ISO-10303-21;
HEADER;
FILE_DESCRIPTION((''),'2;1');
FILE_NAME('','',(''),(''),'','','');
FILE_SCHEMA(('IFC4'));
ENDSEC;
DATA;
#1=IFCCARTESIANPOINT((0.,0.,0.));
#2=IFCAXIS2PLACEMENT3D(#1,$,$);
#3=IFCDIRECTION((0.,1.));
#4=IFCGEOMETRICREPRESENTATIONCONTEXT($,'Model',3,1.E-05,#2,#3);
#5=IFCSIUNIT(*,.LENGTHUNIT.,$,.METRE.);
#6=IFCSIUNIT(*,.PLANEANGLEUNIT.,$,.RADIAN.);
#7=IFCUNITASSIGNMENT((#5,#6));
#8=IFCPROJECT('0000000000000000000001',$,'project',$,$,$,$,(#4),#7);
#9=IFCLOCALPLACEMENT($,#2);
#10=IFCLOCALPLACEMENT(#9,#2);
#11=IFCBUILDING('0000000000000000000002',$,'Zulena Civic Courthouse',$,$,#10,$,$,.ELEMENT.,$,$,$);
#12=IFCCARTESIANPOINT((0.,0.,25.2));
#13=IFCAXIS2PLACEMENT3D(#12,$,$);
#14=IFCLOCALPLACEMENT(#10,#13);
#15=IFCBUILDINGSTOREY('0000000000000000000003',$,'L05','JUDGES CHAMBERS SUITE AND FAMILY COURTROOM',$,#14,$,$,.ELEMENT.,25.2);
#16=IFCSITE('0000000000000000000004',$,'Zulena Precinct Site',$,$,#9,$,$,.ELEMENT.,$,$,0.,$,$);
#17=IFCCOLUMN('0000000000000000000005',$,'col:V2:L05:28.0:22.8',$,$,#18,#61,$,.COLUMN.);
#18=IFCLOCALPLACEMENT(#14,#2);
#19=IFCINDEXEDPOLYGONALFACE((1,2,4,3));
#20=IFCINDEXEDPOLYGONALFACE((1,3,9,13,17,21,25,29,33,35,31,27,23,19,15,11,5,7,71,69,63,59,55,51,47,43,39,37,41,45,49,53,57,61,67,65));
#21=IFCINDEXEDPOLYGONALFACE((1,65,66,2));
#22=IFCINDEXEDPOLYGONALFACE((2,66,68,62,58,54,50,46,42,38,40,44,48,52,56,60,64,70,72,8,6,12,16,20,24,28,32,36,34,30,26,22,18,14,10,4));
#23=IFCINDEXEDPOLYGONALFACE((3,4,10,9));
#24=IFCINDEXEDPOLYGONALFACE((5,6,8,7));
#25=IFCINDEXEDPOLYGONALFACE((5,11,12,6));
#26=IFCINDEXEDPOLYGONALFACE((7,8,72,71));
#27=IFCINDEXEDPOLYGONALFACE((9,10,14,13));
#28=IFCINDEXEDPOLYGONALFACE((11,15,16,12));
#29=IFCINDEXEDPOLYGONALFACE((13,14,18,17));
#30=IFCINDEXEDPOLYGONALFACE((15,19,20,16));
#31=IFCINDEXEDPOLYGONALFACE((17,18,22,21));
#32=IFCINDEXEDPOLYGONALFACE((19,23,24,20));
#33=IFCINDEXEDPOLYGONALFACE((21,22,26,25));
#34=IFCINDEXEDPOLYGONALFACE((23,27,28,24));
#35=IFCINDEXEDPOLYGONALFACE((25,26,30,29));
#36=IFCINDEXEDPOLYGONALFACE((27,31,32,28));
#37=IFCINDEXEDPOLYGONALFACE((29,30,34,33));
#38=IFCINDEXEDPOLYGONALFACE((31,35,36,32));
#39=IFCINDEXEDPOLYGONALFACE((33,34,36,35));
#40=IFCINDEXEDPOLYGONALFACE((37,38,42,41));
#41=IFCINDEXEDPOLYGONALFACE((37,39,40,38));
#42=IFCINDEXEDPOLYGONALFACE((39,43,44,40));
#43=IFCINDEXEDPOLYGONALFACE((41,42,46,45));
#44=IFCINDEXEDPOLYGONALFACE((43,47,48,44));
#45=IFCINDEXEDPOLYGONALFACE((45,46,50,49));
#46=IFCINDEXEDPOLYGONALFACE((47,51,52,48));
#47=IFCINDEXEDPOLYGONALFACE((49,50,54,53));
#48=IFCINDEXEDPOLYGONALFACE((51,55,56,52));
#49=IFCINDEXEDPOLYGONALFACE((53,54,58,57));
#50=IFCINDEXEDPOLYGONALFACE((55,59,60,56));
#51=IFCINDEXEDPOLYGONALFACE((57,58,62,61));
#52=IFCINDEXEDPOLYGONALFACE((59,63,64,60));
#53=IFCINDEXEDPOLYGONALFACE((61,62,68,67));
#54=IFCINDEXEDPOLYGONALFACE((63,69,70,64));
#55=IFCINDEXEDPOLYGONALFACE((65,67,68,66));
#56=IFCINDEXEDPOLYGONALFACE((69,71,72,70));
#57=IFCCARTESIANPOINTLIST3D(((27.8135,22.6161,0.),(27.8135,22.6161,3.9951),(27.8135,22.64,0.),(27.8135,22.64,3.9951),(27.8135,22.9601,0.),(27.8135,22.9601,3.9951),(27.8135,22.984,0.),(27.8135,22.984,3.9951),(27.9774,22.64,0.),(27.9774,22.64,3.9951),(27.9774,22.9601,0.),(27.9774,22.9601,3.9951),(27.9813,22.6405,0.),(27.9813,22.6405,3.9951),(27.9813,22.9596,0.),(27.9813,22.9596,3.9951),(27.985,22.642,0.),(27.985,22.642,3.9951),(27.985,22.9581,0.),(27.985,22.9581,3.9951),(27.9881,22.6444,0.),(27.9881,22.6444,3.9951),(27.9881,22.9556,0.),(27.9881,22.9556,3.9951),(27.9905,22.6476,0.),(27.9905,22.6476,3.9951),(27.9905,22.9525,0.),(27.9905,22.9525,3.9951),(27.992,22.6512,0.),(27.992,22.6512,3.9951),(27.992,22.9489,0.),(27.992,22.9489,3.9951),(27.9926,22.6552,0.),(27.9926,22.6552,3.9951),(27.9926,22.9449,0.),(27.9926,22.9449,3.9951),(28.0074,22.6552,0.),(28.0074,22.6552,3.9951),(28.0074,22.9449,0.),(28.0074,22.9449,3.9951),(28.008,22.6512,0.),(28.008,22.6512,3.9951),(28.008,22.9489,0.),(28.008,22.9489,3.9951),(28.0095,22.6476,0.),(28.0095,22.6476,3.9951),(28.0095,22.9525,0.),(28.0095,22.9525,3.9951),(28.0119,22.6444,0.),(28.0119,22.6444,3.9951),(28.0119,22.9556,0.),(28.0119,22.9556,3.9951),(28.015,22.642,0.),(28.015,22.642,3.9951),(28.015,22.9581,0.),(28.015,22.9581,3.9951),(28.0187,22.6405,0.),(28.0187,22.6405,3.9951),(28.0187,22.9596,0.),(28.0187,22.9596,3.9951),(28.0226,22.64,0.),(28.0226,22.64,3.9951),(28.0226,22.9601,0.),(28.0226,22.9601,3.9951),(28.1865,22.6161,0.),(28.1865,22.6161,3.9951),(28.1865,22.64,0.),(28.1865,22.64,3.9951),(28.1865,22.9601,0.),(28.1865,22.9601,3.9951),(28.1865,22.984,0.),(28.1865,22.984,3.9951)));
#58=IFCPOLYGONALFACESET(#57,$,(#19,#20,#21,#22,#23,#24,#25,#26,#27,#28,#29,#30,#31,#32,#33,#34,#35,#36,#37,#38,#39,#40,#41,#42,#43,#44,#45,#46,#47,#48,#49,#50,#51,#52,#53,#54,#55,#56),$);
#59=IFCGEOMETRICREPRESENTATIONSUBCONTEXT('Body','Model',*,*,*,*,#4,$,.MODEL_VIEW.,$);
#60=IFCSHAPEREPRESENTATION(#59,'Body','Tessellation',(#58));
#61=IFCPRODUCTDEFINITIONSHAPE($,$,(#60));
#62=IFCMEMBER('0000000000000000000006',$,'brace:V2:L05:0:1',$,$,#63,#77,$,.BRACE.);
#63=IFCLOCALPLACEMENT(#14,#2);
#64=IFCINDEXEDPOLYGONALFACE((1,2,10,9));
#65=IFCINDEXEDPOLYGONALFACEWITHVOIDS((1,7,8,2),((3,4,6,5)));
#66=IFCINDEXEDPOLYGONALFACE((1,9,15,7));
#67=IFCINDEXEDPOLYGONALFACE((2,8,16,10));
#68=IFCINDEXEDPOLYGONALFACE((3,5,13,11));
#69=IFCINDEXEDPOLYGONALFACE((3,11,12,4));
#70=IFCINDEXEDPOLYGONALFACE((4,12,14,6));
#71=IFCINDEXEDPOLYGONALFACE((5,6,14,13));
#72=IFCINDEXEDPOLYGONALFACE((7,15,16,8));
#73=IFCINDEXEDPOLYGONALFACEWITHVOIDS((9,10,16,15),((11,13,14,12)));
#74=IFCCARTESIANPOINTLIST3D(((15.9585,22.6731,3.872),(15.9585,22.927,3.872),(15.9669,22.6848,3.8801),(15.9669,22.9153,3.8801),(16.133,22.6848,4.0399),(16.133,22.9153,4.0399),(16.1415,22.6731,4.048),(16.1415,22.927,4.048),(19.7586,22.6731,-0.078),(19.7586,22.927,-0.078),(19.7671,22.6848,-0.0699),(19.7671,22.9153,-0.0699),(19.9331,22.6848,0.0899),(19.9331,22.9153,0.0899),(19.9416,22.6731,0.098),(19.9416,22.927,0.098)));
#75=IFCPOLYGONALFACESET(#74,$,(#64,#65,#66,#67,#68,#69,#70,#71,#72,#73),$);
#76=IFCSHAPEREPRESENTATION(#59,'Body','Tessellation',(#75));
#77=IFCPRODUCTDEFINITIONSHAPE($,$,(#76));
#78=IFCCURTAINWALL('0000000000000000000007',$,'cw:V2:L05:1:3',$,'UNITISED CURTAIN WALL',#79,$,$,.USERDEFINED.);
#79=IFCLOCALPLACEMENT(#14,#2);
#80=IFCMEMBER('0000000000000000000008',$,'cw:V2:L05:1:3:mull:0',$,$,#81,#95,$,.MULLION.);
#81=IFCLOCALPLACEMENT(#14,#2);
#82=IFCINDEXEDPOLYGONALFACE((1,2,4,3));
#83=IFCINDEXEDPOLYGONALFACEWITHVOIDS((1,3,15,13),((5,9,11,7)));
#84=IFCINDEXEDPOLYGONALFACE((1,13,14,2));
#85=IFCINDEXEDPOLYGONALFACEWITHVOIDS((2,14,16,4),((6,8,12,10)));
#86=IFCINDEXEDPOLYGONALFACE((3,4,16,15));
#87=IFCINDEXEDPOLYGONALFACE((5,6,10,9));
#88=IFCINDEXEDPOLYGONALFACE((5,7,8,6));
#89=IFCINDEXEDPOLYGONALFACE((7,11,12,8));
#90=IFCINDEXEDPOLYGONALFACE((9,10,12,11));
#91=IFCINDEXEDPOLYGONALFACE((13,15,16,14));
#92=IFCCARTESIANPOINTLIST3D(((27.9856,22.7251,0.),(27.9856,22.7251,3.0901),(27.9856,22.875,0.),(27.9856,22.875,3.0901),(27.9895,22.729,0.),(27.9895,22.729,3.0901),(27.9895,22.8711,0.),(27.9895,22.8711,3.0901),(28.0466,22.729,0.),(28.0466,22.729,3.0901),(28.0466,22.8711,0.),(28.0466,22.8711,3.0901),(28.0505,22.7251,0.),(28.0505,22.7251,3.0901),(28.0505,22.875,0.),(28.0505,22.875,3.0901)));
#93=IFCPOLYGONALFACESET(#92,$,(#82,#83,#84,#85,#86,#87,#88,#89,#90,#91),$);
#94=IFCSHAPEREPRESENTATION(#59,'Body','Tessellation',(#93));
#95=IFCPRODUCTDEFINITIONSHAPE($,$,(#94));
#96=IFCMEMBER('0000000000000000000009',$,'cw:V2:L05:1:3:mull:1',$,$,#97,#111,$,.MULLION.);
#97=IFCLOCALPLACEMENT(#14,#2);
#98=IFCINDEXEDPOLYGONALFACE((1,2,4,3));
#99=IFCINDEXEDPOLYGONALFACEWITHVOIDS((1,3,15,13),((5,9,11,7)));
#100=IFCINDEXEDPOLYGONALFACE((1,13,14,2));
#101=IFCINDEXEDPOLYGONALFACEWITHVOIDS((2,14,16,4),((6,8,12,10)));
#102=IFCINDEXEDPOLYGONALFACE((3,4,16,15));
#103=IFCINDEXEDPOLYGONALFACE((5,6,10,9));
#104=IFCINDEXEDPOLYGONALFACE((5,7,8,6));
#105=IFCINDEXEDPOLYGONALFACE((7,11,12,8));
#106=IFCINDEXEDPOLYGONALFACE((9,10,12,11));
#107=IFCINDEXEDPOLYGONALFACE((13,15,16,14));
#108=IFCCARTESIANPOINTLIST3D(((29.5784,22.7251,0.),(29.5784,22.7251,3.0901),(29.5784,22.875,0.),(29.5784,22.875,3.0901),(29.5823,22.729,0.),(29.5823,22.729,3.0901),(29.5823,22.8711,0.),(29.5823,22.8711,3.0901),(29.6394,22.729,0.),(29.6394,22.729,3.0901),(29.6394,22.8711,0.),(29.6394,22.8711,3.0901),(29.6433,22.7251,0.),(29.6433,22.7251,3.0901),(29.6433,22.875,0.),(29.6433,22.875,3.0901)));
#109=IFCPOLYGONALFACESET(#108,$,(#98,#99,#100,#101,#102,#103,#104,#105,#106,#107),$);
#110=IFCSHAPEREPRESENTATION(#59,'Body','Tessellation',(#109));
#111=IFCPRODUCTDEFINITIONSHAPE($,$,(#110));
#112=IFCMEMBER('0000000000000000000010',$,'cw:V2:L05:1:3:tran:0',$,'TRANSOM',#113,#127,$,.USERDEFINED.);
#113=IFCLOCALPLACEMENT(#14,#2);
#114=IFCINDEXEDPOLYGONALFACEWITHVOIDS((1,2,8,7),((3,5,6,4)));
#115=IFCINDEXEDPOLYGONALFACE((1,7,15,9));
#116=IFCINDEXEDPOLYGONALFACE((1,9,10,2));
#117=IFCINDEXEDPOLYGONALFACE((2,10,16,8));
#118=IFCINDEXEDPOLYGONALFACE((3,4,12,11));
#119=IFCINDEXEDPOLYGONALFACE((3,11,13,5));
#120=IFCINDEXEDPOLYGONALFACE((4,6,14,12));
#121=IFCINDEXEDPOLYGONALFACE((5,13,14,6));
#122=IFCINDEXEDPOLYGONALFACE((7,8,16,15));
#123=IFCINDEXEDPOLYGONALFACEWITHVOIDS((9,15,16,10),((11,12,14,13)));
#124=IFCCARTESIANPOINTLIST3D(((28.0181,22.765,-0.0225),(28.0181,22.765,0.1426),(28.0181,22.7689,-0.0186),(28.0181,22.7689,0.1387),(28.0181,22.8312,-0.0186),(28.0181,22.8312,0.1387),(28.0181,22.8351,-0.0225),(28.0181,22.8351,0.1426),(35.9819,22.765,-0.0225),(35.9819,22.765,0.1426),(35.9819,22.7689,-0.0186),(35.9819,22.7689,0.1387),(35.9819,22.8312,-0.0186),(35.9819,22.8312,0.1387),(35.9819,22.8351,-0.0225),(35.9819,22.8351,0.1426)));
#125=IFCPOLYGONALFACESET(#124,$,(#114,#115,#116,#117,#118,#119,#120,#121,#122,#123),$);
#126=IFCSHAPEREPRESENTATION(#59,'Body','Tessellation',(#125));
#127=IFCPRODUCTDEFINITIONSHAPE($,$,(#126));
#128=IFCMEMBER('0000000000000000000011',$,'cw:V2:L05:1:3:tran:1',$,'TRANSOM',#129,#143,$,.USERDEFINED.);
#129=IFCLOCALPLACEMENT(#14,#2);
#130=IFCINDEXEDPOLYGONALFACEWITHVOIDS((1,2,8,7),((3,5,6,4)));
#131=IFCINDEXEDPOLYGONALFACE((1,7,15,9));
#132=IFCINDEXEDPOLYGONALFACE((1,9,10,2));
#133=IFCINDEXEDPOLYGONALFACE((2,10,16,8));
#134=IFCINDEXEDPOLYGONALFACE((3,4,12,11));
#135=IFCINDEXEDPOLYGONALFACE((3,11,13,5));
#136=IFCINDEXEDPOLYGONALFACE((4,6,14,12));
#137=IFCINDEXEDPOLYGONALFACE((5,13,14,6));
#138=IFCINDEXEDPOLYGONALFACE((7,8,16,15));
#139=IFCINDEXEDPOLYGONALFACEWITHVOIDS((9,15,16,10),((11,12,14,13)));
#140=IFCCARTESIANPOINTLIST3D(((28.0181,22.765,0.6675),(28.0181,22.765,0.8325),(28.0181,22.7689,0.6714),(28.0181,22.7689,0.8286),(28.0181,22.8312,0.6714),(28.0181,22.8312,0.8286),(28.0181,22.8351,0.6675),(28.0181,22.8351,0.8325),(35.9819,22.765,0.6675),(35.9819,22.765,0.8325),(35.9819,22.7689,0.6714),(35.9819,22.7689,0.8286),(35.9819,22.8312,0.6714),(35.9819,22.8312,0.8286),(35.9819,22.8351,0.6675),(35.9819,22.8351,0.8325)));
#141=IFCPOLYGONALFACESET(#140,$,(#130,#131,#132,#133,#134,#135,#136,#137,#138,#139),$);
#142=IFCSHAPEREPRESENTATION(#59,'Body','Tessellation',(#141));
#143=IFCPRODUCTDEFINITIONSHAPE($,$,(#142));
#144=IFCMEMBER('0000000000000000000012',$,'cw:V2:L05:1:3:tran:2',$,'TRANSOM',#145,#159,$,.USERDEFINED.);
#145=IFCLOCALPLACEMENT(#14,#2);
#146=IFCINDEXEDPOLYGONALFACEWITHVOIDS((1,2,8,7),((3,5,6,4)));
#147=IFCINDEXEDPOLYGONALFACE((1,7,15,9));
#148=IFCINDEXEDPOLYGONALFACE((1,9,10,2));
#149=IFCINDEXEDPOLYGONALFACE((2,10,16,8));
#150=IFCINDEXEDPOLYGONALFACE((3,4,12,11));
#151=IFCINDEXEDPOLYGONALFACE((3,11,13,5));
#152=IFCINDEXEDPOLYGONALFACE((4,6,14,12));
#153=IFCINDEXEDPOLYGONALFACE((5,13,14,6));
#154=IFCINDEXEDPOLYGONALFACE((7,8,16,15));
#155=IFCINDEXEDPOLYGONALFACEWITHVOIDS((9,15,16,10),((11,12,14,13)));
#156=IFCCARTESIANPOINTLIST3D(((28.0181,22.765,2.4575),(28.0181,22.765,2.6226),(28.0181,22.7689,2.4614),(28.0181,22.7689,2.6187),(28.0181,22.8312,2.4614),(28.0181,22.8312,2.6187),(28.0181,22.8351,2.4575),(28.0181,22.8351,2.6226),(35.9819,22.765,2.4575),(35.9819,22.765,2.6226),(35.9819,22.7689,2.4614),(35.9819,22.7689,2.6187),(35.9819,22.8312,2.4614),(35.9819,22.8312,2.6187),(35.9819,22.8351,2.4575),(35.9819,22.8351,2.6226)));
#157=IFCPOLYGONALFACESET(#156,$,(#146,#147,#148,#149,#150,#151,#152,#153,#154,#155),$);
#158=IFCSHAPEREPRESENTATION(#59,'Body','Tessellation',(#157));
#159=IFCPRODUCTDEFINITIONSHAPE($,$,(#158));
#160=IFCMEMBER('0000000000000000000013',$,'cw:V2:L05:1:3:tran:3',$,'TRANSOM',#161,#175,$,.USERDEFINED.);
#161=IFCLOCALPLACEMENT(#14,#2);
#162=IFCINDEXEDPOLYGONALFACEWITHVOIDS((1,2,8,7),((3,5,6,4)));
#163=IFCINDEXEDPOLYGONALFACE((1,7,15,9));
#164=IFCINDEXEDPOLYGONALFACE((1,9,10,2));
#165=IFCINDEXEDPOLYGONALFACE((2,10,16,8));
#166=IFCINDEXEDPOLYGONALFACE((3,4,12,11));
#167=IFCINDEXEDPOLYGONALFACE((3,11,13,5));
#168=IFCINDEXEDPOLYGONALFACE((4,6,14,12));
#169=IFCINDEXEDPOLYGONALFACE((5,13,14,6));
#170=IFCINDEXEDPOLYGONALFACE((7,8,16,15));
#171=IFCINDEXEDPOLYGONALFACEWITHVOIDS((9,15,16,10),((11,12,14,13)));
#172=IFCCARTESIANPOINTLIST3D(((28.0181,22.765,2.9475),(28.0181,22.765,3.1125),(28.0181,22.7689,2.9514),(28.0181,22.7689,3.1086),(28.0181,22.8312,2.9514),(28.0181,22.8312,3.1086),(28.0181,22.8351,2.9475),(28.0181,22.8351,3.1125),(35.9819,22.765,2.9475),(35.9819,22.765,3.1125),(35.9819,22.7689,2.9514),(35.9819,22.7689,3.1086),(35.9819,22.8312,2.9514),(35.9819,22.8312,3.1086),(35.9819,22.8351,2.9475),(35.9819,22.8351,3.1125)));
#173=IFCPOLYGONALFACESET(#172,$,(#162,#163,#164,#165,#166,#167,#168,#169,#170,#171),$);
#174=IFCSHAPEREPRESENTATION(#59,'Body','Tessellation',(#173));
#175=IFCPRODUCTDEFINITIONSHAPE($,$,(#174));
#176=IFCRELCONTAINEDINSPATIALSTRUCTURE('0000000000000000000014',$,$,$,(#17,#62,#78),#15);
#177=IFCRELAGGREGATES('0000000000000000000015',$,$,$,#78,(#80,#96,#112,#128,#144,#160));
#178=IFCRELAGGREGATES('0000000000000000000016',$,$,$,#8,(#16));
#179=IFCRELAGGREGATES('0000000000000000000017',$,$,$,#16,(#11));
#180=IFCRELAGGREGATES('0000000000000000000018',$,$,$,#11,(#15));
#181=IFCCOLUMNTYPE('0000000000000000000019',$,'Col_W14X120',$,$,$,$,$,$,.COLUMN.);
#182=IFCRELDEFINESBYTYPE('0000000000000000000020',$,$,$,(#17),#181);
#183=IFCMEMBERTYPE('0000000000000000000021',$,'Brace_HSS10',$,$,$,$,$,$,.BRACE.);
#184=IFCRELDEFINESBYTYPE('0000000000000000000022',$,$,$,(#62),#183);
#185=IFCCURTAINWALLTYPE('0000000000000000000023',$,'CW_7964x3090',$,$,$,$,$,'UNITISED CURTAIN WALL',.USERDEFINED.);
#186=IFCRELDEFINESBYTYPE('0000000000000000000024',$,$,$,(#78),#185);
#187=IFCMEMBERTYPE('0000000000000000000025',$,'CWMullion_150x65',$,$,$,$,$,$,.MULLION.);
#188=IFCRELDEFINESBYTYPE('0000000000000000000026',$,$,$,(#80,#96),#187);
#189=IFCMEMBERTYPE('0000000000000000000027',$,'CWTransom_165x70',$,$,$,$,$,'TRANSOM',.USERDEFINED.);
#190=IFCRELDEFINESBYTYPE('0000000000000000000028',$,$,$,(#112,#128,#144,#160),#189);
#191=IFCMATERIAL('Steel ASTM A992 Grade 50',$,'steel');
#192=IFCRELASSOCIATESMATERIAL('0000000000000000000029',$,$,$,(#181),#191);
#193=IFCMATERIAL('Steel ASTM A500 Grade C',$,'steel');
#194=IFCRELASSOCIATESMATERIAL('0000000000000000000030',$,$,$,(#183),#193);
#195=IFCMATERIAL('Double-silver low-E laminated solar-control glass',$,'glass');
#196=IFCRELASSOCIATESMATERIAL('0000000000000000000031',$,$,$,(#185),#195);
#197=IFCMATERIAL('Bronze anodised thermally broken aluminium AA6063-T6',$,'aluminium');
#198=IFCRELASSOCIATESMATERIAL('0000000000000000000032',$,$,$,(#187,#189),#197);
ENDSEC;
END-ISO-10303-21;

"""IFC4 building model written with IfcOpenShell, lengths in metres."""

from ifc_helpers import new_model, si_unit, direction, frame, origin, origin_2d, place, context, subcontext, project, spatial, hollow_rectangle, i_section, extrude, material, material_profile, profile_set, type_object, element, aggregate, save


model = new_model("IFC4")

# Units and contexts
model_context = context("Model", 3, precision=1e-05, world=origin(), true_north=direction((0.0, 1.0)))
body_context = subcontext(model_context, "Body", "Model", "MODEL_VIEW")
ifc_project = project(units=[si_unit("LENGTHUNIT", "METRE"), si_unit("PLANEANGLEUNIT", "RADIAN")], contexts=[model_context])

# Site, building, storey
site_placement = place(None, origin())
site = spatial("IfcSite", under=ifc_project, at=site_placement, Name="Zulena Precinct Site", CompositionType="ELEMENT", RefElevation=0.0)
building_placement = place(site_placement, origin())
building = spatial("IfcBuilding", under=site, at=building_placement, Name="Zulena Civic Courthouse", CompositionType="ELEMENT")
storey_placement = place(building_placement, frame((0.0, 0.0, 25.2)))
storey = spatial("IfcBuildingStorey", under=building, at=storey_placement, Name="L05", Description="JUDGES CHAMBERS SUITE AND FAMILY COURTROOM", CompositionType="ELEMENT", Elevation=25.2)

# Column
ifc_material_1 = material(Name="Steel ASTM A992 Grade 50", Category="steel")
ifc_material_profile_1 = material_profile(ifc_material_1, i_section(OverallWidth=0.373, OverallDepth=0.3679, WebThickness=0.0149, FlangeThickness=0.0239, FilletRadius=0.0151, at=origin_2d()), Name="W14X120")
ifc_profile_set_1 = profile_set([ifc_material_profile_1], Name="Steel ASTM A992 Grade 50")
column_type_1 = type_object("IfcColumnType", Name="Col_W14X120", PredefinedType="COLUMN", material=ifc_profile_set_1)
for number, where, z_axis, x_axis, name in (
    (1, (28.0, 22.8, 0.0), (0.0, 0.0, 1.0), (1.0, 0.0, 0.0), "col:V2:L05:28.0:22.8"),
):
    element("IfcColumn", number, at=place(storey_placement, frame(where, z_axis=z_axis, x_axis=x_axis)), inside=storey, type_object=column_type_1, Name=name, PredefinedType="COLUMN", context=body_context, shape_type="SweptSolid", body=[
        extrude(i_section(OverallWidth=0.373, OverallDepth=0.3679, WebThickness=0.0149, FlangeThickness=0.0239, FilletRadius=0.0151, at=origin_2d()), origin(), (0.0, 0.0, 1.0), 3.9951),
    ])

# Member
ifc_material_2 = material(Name="Steel ASTM A500 Grade C", Category="steel")
ifc_material_profile_2 = material_profile(ifc_material_2, hollow_rectangle(XDim=0.2539, YDim=0.2539, WallThickness=0.0117, at=origin_2d()), Name="HSS10X10X1/2")
ifc_profile_set_2 = profile_set([ifc_material_profile_2], Name="Steel ASTM A500 Grade C")
member_type_1 = type_object("IfcMemberType", Name="Brace_HSS10", PredefinedType="BRACE", material=ifc_profile_set_2)
member_1_placement = place(storey_placement, frame((19.8501, 22.8, 0.01), z_axis=(-0.6933, 0.0, 0.720649), x_axis=(0.0, -1.0, 0.0)))
element("IfcMember", 2, at=member_1_placement, inside=storey, type_object=member_type_1, Name="brace:V2:L05:0:1", PredefinedType="BRACE", context=body_context, shape_type="SweptSolid", body=[
    extrude(hollow_rectangle(XDim=0.2539, YDim=0.2539, WallThickness=0.0117, at=origin_2d()), origin(), (0.0, 0.0, 1.0), 5.4812),
])

# Curtain wall, members
ifc_material_3 = material(Name="Double-silver low-E laminated solar-control glass", Category="glass")
curtain_wall_type = type_object("IfcCurtainWallType", Name="CW_7964x3090", ElementType="UNITISED CURTAIN WALL", PredefinedType="USERDEFINED", material=ifc_material_3)
curtain_wall_placement = place(storey_placement, origin())
curtain_wall = element("IfcCurtainWall", 3, at=curtain_wall_placement, inside=storey, type_object=curtain_wall_type, Name="cw:V2:L05:1:3", ObjectType="UNITISED CURTAIN WALL", PredefinedType="USERDEFINED")
ifc_material_4 = material(Name="Bronze anodised thermally broken aluminium AA6063-T6", Category="aluminium")
ifc_material_profile_3 = material_profile(ifc_material_4, hollow_rectangle(XDim=0.0649, YDim=0.1499, WallThickness=0.0039, at=origin_2d()), Name="CWM150X65X4")
ifc_profile_set_3 = profile_set([ifc_material_profile_3], Name="Bronze anodised thermally broken aluminium AA6063-T6")
member_type_2 = type_object("IfcMemberType", Name="CWMullion_150x65", PredefinedType="MULLION", material=ifc_profile_set_3)
member_2_placement = place(storey_placement, frame((28.0181, 22.8, 0.0), z_axis=(0.0, 0.0, 1.0), x_axis=(1.0, 0.0, 0.0)))
member_2 = element("IfcMember", 4, at=member_2_placement, type_object=member_type_2, Name="cw:V2:L05:1:3:mull:0", PredefinedType="MULLION", context=body_context, shape_type="SweptSolid", body=[
    extrude(hollow_rectangle(XDim=0.0649, YDim=0.1499, WallThickness=0.0039, at=origin_2d()), origin(), (0.0, 0.0, 1.0), 3.0901),
])
member_3_placement = place(storey_placement, frame((29.6108, 22.8, 0.0), z_axis=(0.0, 0.0, 1.0), x_axis=(1.0, 0.0, 0.0)))
member_3 = element("IfcMember", 5, at=member_3_placement, type_object=member_type_2, Name="cw:V2:L05:1:3:mull:1", PredefinedType="MULLION", context=body_context, shape_type="SweptSolid", body=[
    extrude(hollow_rectangle(XDim=0.0649, YDim=0.1499, WallThickness=0.0039, at=origin_2d()), origin(), (0.0, 0.0, 1.0), 3.0901),
])
ifc_material_profile_4 = material_profile(ifc_material_4, hollow_rectangle(XDim=0.0701, YDim=0.165, WallThickness=0.0039, at=origin_2d()), Name="CWT165X70X4")
ifc_profile_set_4 = profile_set([ifc_material_profile_4], Name="Bronze anodised thermally broken aluminium AA6063-T6")
member_type_3 = type_object("IfcMemberType", Name="CWTransom_165x70", ElementType="TRANSOM", PredefinedType="USERDEFINED", material=ifc_profile_set_4)
member_4_placement = place(storey_placement, frame((28.0181, 22.8, 0.0601), z_axis=(1.0, 0.0, 0.0), x_axis=(0.0, 1.0, 0.0)))
member_4 = element("IfcMember", 6, at=member_4_placement, type_object=member_type_3, Name="cw:V2:L05:1:3:tran:0", ObjectType="TRANSOM", PredefinedType="USERDEFINED", context=body_context, shape_type="SweptSolid", body=[
    extrude(hollow_rectangle(XDim=0.0701, YDim=0.165, WallThickness=0.0039, at=origin_2d()), origin(), (0.0, 0.0, 1.0), 7.9639),
])
member_5_placement = place(storey_placement, frame((28.0181, 22.8, 0.75), z_axis=(1.0, 0.0, 0.0), x_axis=(0.0, 1.0, 0.0)))
member_5 = element("IfcMember", 7, at=member_5_placement, type_object=member_type_3, Name="cw:V2:L05:1:3:tran:1", ObjectType="TRANSOM", PredefinedType="USERDEFINED", context=body_context, shape_type="SweptSolid", body=[
    extrude(hollow_rectangle(XDim=0.0701, YDim=0.165, WallThickness=0.0039, at=origin_2d()), origin(), (0.0, 0.0, 1.0), 7.9639),
])
member_6_placement = place(storey_placement, frame((28.0181, 22.8, 2.54), z_axis=(1.0, 0.0, 0.0), x_axis=(0.0, 1.0, 0.0)))
member_6 = element("IfcMember", 8, at=member_6_placement, type_object=member_type_3, Name="cw:V2:L05:1:3:tran:2", ObjectType="TRANSOM", PredefinedType="USERDEFINED", context=body_context, shape_type="SweptSolid", body=[
    extrude(hollow_rectangle(XDim=0.0701, YDim=0.165, WallThickness=0.0039, at=origin_2d()), origin(), (0.0, 0.0, 1.0), 7.9639),
])
member_7_placement = place(storey_placement, frame((28.0181, 22.8, 3.03), z_axis=(1.0, 0.0, 0.0), x_axis=(0.0, 1.0, 0.0)))
member_7 = element("IfcMember", 9, at=member_7_placement, type_object=member_type_3, Name="cw:V2:L05:1:3:tran:3", ObjectType="TRANSOM", PredefinedType="USERDEFINED", context=body_context, shape_type="SweptSolid", body=[
    extrude(hollow_rectangle(XDim=0.0701, YDim=0.165, WallThickness=0.0039, at=origin_2d()), origin(), (0.0, 0.0, 1.0), 7.9639),
])

aggregate(curtain_wall, [member_2, member_3, member_4, member_5, member_6, member_7])

save(model, "model.ifc")
